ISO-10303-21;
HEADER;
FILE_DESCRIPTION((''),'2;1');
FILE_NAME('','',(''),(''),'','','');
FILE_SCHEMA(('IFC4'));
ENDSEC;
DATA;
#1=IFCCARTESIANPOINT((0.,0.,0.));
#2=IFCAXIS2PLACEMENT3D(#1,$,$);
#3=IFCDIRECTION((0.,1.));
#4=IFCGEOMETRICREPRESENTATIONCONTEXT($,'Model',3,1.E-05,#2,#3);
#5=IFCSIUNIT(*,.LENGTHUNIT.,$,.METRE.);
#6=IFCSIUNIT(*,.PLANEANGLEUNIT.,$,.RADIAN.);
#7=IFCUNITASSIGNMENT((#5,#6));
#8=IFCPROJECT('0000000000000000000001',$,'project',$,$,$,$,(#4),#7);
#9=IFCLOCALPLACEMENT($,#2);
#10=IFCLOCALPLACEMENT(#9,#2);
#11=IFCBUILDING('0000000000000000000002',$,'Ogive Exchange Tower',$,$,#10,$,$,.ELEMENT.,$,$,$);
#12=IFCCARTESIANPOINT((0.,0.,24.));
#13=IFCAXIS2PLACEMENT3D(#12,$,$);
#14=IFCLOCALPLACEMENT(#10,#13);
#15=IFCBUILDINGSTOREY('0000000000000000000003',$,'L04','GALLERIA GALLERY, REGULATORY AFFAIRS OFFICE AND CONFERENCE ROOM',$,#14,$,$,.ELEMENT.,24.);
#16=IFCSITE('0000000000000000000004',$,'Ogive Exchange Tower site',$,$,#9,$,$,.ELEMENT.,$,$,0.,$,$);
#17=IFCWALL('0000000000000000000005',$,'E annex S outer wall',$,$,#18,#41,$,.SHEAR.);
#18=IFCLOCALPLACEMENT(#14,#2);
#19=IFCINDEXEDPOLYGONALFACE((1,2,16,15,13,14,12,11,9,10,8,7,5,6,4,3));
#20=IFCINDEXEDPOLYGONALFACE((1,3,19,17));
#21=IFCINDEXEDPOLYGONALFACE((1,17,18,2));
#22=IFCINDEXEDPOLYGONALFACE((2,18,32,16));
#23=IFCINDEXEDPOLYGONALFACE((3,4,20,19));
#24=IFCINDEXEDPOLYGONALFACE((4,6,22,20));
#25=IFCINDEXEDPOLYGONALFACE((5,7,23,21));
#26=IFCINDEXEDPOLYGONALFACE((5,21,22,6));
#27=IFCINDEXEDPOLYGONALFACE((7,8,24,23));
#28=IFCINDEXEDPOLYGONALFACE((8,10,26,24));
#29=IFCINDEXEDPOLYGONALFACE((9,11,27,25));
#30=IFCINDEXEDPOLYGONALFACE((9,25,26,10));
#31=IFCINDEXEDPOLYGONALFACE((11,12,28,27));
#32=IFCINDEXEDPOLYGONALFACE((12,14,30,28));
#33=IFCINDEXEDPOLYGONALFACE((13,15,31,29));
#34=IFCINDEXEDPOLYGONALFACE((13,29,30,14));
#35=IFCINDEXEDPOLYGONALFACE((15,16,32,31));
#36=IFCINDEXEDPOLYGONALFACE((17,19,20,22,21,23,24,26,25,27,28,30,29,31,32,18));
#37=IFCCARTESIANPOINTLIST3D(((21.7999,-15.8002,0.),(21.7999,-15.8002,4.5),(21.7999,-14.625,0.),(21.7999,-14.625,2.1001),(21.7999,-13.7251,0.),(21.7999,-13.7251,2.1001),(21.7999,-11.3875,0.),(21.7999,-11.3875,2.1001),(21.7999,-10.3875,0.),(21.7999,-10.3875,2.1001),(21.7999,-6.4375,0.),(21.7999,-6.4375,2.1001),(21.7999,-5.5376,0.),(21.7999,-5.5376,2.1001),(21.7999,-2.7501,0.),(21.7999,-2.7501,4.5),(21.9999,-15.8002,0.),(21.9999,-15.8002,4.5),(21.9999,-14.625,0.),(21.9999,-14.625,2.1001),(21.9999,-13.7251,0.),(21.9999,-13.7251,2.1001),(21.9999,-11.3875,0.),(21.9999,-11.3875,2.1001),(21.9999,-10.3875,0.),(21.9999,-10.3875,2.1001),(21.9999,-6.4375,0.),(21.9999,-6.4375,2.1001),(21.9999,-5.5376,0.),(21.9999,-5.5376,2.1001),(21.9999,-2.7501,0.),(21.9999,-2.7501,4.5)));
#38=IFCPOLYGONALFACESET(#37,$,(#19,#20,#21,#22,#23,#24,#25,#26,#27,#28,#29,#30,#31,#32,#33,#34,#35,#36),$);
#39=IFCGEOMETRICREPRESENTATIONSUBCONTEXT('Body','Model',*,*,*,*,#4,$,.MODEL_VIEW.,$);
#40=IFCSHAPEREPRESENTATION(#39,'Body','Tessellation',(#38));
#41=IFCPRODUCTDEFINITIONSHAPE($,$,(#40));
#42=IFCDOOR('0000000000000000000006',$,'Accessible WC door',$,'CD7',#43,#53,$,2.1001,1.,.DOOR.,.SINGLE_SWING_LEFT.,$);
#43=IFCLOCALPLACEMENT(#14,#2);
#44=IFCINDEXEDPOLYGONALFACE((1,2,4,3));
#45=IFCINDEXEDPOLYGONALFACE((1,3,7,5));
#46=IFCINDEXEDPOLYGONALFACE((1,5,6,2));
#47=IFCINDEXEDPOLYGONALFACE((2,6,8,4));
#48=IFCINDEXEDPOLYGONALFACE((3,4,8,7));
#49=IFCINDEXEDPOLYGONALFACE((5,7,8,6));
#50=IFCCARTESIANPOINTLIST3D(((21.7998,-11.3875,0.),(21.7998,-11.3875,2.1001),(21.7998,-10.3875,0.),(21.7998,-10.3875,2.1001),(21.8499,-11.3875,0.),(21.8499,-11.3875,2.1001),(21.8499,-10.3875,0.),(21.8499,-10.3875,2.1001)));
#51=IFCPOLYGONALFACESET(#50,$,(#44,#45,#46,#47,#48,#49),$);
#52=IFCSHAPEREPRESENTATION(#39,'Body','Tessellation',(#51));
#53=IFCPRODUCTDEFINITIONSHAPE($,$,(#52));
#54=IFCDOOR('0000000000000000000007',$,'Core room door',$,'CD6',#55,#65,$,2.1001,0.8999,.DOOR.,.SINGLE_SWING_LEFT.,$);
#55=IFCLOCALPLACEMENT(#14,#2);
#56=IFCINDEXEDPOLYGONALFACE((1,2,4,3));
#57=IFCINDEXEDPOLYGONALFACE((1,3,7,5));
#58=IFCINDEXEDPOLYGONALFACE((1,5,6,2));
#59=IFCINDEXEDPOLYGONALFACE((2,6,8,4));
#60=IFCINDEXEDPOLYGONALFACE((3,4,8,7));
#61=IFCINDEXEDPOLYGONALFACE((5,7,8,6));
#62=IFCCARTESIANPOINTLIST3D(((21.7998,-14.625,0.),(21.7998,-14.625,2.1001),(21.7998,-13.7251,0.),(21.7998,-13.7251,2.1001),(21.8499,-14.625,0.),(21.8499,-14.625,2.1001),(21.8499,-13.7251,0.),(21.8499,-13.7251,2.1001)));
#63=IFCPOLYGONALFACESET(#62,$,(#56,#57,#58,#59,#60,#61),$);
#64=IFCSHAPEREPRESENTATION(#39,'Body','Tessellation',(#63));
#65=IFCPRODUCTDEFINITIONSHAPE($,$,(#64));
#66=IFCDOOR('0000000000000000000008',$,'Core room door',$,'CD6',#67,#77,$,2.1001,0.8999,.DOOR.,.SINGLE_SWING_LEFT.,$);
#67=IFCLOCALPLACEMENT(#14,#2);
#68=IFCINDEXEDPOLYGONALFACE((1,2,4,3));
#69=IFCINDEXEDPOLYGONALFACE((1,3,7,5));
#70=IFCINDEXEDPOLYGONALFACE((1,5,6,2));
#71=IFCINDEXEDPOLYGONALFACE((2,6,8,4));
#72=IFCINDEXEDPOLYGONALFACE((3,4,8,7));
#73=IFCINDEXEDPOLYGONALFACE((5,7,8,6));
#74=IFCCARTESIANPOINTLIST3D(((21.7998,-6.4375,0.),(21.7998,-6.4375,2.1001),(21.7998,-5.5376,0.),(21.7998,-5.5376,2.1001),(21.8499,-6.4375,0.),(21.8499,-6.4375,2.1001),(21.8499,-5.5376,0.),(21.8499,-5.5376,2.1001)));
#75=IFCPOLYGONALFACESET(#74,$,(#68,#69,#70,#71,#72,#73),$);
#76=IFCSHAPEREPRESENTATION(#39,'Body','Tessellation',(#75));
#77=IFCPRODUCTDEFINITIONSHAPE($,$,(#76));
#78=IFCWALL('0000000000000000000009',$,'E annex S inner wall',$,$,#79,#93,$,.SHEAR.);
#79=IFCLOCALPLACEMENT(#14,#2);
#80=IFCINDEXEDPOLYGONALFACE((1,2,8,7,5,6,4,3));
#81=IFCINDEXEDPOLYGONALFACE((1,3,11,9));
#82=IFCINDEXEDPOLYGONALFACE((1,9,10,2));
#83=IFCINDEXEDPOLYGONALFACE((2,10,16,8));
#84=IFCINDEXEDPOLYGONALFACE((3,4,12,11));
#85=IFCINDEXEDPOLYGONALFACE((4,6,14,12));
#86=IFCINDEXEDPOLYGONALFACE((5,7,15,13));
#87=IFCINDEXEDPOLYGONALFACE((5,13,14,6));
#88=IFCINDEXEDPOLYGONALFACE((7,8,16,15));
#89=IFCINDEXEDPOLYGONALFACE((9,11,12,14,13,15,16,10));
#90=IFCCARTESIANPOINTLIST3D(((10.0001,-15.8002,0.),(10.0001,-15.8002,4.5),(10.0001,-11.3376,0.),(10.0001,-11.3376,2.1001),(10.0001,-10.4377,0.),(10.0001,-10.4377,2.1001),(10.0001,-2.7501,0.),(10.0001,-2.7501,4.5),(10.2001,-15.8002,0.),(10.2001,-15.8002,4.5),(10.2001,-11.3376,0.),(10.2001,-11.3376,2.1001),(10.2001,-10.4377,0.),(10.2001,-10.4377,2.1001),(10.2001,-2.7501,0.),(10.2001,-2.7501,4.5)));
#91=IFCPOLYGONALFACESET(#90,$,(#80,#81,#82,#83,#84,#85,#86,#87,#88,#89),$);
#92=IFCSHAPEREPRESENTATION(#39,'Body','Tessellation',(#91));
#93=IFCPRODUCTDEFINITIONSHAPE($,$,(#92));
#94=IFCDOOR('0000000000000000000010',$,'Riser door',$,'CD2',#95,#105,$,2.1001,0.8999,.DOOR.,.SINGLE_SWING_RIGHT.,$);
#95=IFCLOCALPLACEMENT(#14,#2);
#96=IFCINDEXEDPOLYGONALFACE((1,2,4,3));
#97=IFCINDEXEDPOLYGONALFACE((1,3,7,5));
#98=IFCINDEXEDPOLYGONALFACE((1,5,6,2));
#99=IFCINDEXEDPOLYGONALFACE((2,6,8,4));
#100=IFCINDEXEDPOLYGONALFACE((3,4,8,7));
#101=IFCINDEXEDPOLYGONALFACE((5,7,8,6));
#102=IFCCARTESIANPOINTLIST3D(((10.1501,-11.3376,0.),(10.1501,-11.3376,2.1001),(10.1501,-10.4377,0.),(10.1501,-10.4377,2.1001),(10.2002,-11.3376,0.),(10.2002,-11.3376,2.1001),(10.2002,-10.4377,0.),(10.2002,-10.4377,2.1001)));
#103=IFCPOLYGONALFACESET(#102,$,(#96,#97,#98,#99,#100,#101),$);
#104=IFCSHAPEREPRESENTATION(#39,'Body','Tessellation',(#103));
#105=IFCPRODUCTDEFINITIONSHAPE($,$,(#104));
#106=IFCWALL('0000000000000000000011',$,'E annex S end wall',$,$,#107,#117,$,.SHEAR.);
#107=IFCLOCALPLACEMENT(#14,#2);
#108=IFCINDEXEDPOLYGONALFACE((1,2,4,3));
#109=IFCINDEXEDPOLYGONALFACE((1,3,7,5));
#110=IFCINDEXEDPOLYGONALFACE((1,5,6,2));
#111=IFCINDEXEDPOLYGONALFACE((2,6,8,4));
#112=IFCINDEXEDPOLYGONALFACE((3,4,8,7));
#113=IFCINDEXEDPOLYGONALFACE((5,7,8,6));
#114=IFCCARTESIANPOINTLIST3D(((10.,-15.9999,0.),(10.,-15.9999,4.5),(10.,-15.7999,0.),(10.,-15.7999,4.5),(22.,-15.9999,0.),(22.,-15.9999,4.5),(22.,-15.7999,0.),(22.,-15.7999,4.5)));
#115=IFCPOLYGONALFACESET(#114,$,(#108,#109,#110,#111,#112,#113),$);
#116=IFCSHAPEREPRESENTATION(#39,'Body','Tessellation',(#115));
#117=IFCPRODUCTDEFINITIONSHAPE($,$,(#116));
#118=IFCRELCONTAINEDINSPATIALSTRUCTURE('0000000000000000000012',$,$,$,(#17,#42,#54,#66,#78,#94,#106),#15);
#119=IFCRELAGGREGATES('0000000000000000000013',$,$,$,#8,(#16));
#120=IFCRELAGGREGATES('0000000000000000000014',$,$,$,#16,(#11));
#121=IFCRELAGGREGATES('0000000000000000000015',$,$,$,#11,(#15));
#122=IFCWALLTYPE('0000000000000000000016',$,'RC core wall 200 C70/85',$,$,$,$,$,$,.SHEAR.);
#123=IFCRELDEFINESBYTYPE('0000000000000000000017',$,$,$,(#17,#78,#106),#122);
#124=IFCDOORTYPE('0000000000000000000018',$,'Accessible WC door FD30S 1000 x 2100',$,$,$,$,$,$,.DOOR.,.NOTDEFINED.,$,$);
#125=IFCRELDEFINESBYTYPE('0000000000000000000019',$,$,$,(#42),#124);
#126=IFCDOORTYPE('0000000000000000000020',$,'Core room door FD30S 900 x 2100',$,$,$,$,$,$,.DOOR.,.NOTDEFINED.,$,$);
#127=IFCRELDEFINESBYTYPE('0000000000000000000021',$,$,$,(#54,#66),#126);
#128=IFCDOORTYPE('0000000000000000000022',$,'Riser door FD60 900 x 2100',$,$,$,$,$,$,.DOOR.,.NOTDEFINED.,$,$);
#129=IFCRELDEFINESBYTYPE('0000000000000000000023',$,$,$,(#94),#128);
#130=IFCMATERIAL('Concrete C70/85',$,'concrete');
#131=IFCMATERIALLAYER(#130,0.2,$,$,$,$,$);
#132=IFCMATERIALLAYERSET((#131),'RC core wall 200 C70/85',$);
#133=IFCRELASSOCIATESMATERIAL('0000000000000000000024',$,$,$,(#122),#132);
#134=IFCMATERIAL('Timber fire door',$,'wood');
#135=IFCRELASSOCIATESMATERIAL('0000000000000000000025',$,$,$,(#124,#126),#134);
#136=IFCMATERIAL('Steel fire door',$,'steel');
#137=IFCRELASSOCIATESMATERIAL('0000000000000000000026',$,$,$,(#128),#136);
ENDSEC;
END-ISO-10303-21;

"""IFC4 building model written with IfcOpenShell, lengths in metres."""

from ifc_helpers import new_model, si_unit, direction, frame, frame_2d, origin, place, context, subcontext, project, spatial, rectangle, extrude, material, layer, layer_set, type_object, element, fill, save


model = new_model("IFC4")

# Units and contexts
model_context = context("Model", 3, precision=1e-05, world=origin(), true_north=direction((0.0, 1.0)))
body_context = subcontext(model_context, "Body", "Model", "MODEL_VIEW")
ifc_project = project(units=[si_unit("LENGTHUNIT", "METRE"), si_unit("PLANEANGLEUNIT", "RADIAN")], contexts=[model_context])

# Site, building, storey
site_placement = place(None, origin())
site = spatial("IfcSite", under=ifc_project, at=site_placement, Name="Ogive Exchange Tower site", CompositionType="ELEMENT", RefElevation=0.0)
building_placement = place(site_placement, origin())
building = spatial("IfcBuilding", under=site, at=building_placement, Name="Ogive Exchange Tower", CompositionType="ELEMENT")
storey_placement = place(building_placement, frame((0.0, 0.0, 24.0)))
storey = spatial("IfcBuildingStorey", under=building, at=storey_placement, Name="L04", Description="GALLERIA GALLERY, REGULATORY AFFAIRS OFFICE AND CONFERENCE ROOM", CompositionType="ELEMENT", Elevation=24.0)

# Shared definitions
ifc_material_1 = material(Name="Concrete C70/85", Category="concrete")

# Wall, openings, doors
ifc_layer_1 = layer(ifc_material_1, 0.2)
ifc_layer_set_1 = layer_set([ifc_layer_1], Name="RC core wall 200 C70/85")
wall_type_1 = type_object("IfcWallType", Name="RC core wall 200 C70/85", PredefinedType="SHEAR", material=ifc_layer_set_1)
wall_1_placement = place(storey_placement, frame((21.8999, -15.8, 0.0), z_axis=(0.0, 0.0, 1.0), x_axis=(0.0, 1.0, 0.0)))
wall_1 = element("IfcWall", 1, at=wall_1_placement, inside=storey, type_object=wall_type_1, Name="E annex S outer wall", PredefinedType="SHEAR", context=body_context, shape_type="SweptSolid", body=[
    extrude(rectangle(XDim=13.05, YDim=0.2, at=frame_2d((6.5249, 0.0))), origin(), (0.0, 0.0, 1.0), 4.5),
])
opening_1_placement = place(wall_1_placement, frame((1.175, 0.0, 0.0)))
opening_1 = element("IfcOpeningElement", 2, at=opening_1_placement, cuts=wall_1, PredefinedType="OPENING", context=body_context, shape_type="SweptSolid", body=[
    extrude(rectangle(XDim=0.8999, YDim=2.1001, at=frame_2d((0.45, 1.05))), frame((0.0, 0.1099, 0.0), z_axis=(0.0, -1.0, 0.0), x_axis=(1.0, 0.0, 0.0)), (0.0, 0.0, 1.0), 0.22),
])
opening_2_placement = place(wall_1_placement, frame((4.4126, 0.0, 0.0)))
opening_2 = element("IfcOpeningElement", 3, at=opening_2_placement, cuts=wall_1, PredefinedType="OPENING", context=body_context, shape_type="SweptSolid", body=[
    extrude(rectangle(XDim=1.0, YDim=2.1001, at=frame_2d((0.5, 1.05))), frame((0.0, 0.1099, 0.0), z_axis=(0.0, -1.0, 0.0), x_axis=(1.0, 0.0, 0.0)), (0.0, 0.0, 1.0), 0.22),
])
opening_3_placement = place(wall_1_placement, frame((9.3625, 0.0, 0.0)))
opening_3 = element("IfcOpeningElement", 4, at=opening_3_placement, cuts=wall_1, PredefinedType="OPENING", context=body_context, shape_type="SweptSolid", body=[
    extrude(rectangle(XDim=0.8999, YDim=2.1001, at=frame_2d((0.45, 1.05))), frame((0.0, 0.1099, 0.0), z_axis=(0.0, -1.0, 0.0), x_axis=(1.0, 0.0, 0.0)), (0.0, 0.0, 1.0), 0.22),
])
ifc_material_2 = material(Name="Timber fire door", Category="wood")
door_type_1 = type_object("IfcDoorType", Name="Accessible WC door FD30S 1000 x 2100", OperationType="NOTDEFINED", PredefinedType="DOOR", material=ifc_material_2)
door_1_placement = place(opening_2_placement, origin())
door_1 = element("IfcDoor", 5, at=door_1_placement, inside=storey, type_object=door_type_1, Name="Accessible WC door", ObjectType="CD7", OperationType="SINGLE_SWING_LEFT", OverallHeight=2.1001, OverallWidth=1.0, PredefinedType="DOOR", context=body_context, shape_type="SweptSolid", body=[
    extrude(rectangle(XDim=1.0, YDim=2.1001, at=frame_2d((0.5, 1.05))), frame((0.0, 0.1001, 0.0), z_axis=(0.0, -1.0, 0.0), x_axis=(1.0, 0.0, 0.0)), (0.0, 0.0, 1.0), 0.05),
])
fill(opening_2, door_1)
door_type_2 = type_object("IfcDoorType", Name="Core room door FD30S 900 x 2100", OperationType="NOTDEFINED", PredefinedType="DOOR", material=ifc_material_2)
door_2_placement = place(opening_1_placement, origin())
door_2 = element("IfcDoor", 6, at=door_2_placement, inside=storey, type_object=door_type_2, Name="Core room door", ObjectType="CD6", OperationType="SINGLE_SWING_LEFT", OverallHeight=2.1001, OverallWidth=0.8999, PredefinedType="DOOR", context=body_context, shape_type="SweptSolid", body=[
    extrude(rectangle(XDim=0.8999, YDim=2.1001, at=frame_2d((0.45, 1.05))), frame((0.0, 0.1001, 0.0), z_axis=(0.0, -1.0, 0.0), x_axis=(1.0, 0.0, 0.0)), (0.0, 0.0, 1.0), 0.05),
])
fill(opening_1, door_2)
door_3_placement = place(opening_3_placement, origin())
door_3 = element("IfcDoor", 7, at=door_3_placement, inside=storey, type_object=door_type_2, Name="Core room door", ObjectType="CD6", OperationType="SINGLE_SWING_LEFT", OverallHeight=2.1001, OverallWidth=0.8999, PredefinedType="DOOR", context=body_context, shape_type="SweptSolid", body=[
    extrude(rectangle(XDim=0.8999, YDim=2.1001, at=frame_2d((0.45, 1.05))), frame((0.0, 0.1001, 0.0), z_axis=(0.0, -1.0, 0.0), x_axis=(1.0, 0.0, 0.0)), (0.0, 0.0, 1.0), 0.05),
])
fill(opening_3, door_3)

# Wall, opening, door
wall_2_placement = place(storey_placement, frame((10.1001, -15.8, 0.0), z_axis=(0.0, 0.0, 1.0), x_axis=(0.0, 1.0, 0.0)))
wall_2 = element("IfcWall", 8, at=wall_2_placement, inside=storey, type_object=wall_type_1, Name="E annex S inner wall", PredefinedType="SHEAR", context=body_context, shape_type="SweptSolid", body=[
    extrude(rectangle(XDim=13.05, YDim=0.2, at=frame_2d((6.5249, 0.0))), origin(), (0.0, 0.0, 1.0), 4.5),
])
opening_4_placement = place(wall_2_placement, frame((4.4624, 0.0, 0.0)))
opening_4 = element("IfcOpeningElement", 9, at=opening_4_placement, cuts=wall_2, PredefinedType="OPENING", context=body_context, shape_type="SweptSolid", body=[
    extrude(rectangle(XDim=0.8999, YDim=2.1001, at=frame_2d((0.45, 1.05))), frame((0.0, 0.1099, 0.0), z_axis=(0.0, -1.0, 0.0), x_axis=(1.0, 0.0, 0.0)), (0.0, 0.0, 1.0), 0.22),
])
ifc_material_3 = material(Name="Steel fire door", Category="steel")
door_type_3 = type_object("IfcDoorType", Name="Riser door FD60 900 x 2100", OperationType="NOTDEFINED", PredefinedType="DOOR", material=ifc_material_3)
door_4_placement = place(opening_4_placement, frame((0.8999, -0.1499, 0.0), z_axis=(0.0, 0.0, 1.0), x_axis=(-1.0, 0.0, 0.0)))
door_4 = element("IfcDoor", 10, at=door_4_placement, inside=storey, type_object=door_type_3, Name="Riser door", ObjectType="CD2", OperationType="SINGLE_SWING_RIGHT", OverallHeight=2.1001, OverallWidth=0.8999, PredefinedType="DOOR", context=body_context, shape_type="SweptSolid", body=[
    extrude(rectangle(XDim=0.8999, YDim=2.1001, at=frame_2d((0.45, 1.05))), frame((0.0, -0.0498, 0.0), z_axis=(0.0, -1.0, 0.0), x_axis=(1.0, 0.0, 0.0)), (0.0, 0.0, 1.0), 0.05),
])
fill(opening_4, door_4)

# Wall
wall_3_placement = place(storey_placement, frame((10.0, -15.8999, 0.0), z_axis=(0.0, 0.0, 1.0), x_axis=(1.0, 0.0, 0.0)))
element("IfcWall", 11, at=wall_3_placement, inside=storey, type_object=wall_type_1, Name="E annex S end wall", PredefinedType="SHEAR", context=body_context, shape_type="SweptSolid", body=[
    extrude(rectangle(XDim=12.0, YDim=0.2, at=frame_2d((6.0, 0.0))), origin(), (0.0, 0.0, 1.0), 4.5),
])

save(model, "model.ifc")
